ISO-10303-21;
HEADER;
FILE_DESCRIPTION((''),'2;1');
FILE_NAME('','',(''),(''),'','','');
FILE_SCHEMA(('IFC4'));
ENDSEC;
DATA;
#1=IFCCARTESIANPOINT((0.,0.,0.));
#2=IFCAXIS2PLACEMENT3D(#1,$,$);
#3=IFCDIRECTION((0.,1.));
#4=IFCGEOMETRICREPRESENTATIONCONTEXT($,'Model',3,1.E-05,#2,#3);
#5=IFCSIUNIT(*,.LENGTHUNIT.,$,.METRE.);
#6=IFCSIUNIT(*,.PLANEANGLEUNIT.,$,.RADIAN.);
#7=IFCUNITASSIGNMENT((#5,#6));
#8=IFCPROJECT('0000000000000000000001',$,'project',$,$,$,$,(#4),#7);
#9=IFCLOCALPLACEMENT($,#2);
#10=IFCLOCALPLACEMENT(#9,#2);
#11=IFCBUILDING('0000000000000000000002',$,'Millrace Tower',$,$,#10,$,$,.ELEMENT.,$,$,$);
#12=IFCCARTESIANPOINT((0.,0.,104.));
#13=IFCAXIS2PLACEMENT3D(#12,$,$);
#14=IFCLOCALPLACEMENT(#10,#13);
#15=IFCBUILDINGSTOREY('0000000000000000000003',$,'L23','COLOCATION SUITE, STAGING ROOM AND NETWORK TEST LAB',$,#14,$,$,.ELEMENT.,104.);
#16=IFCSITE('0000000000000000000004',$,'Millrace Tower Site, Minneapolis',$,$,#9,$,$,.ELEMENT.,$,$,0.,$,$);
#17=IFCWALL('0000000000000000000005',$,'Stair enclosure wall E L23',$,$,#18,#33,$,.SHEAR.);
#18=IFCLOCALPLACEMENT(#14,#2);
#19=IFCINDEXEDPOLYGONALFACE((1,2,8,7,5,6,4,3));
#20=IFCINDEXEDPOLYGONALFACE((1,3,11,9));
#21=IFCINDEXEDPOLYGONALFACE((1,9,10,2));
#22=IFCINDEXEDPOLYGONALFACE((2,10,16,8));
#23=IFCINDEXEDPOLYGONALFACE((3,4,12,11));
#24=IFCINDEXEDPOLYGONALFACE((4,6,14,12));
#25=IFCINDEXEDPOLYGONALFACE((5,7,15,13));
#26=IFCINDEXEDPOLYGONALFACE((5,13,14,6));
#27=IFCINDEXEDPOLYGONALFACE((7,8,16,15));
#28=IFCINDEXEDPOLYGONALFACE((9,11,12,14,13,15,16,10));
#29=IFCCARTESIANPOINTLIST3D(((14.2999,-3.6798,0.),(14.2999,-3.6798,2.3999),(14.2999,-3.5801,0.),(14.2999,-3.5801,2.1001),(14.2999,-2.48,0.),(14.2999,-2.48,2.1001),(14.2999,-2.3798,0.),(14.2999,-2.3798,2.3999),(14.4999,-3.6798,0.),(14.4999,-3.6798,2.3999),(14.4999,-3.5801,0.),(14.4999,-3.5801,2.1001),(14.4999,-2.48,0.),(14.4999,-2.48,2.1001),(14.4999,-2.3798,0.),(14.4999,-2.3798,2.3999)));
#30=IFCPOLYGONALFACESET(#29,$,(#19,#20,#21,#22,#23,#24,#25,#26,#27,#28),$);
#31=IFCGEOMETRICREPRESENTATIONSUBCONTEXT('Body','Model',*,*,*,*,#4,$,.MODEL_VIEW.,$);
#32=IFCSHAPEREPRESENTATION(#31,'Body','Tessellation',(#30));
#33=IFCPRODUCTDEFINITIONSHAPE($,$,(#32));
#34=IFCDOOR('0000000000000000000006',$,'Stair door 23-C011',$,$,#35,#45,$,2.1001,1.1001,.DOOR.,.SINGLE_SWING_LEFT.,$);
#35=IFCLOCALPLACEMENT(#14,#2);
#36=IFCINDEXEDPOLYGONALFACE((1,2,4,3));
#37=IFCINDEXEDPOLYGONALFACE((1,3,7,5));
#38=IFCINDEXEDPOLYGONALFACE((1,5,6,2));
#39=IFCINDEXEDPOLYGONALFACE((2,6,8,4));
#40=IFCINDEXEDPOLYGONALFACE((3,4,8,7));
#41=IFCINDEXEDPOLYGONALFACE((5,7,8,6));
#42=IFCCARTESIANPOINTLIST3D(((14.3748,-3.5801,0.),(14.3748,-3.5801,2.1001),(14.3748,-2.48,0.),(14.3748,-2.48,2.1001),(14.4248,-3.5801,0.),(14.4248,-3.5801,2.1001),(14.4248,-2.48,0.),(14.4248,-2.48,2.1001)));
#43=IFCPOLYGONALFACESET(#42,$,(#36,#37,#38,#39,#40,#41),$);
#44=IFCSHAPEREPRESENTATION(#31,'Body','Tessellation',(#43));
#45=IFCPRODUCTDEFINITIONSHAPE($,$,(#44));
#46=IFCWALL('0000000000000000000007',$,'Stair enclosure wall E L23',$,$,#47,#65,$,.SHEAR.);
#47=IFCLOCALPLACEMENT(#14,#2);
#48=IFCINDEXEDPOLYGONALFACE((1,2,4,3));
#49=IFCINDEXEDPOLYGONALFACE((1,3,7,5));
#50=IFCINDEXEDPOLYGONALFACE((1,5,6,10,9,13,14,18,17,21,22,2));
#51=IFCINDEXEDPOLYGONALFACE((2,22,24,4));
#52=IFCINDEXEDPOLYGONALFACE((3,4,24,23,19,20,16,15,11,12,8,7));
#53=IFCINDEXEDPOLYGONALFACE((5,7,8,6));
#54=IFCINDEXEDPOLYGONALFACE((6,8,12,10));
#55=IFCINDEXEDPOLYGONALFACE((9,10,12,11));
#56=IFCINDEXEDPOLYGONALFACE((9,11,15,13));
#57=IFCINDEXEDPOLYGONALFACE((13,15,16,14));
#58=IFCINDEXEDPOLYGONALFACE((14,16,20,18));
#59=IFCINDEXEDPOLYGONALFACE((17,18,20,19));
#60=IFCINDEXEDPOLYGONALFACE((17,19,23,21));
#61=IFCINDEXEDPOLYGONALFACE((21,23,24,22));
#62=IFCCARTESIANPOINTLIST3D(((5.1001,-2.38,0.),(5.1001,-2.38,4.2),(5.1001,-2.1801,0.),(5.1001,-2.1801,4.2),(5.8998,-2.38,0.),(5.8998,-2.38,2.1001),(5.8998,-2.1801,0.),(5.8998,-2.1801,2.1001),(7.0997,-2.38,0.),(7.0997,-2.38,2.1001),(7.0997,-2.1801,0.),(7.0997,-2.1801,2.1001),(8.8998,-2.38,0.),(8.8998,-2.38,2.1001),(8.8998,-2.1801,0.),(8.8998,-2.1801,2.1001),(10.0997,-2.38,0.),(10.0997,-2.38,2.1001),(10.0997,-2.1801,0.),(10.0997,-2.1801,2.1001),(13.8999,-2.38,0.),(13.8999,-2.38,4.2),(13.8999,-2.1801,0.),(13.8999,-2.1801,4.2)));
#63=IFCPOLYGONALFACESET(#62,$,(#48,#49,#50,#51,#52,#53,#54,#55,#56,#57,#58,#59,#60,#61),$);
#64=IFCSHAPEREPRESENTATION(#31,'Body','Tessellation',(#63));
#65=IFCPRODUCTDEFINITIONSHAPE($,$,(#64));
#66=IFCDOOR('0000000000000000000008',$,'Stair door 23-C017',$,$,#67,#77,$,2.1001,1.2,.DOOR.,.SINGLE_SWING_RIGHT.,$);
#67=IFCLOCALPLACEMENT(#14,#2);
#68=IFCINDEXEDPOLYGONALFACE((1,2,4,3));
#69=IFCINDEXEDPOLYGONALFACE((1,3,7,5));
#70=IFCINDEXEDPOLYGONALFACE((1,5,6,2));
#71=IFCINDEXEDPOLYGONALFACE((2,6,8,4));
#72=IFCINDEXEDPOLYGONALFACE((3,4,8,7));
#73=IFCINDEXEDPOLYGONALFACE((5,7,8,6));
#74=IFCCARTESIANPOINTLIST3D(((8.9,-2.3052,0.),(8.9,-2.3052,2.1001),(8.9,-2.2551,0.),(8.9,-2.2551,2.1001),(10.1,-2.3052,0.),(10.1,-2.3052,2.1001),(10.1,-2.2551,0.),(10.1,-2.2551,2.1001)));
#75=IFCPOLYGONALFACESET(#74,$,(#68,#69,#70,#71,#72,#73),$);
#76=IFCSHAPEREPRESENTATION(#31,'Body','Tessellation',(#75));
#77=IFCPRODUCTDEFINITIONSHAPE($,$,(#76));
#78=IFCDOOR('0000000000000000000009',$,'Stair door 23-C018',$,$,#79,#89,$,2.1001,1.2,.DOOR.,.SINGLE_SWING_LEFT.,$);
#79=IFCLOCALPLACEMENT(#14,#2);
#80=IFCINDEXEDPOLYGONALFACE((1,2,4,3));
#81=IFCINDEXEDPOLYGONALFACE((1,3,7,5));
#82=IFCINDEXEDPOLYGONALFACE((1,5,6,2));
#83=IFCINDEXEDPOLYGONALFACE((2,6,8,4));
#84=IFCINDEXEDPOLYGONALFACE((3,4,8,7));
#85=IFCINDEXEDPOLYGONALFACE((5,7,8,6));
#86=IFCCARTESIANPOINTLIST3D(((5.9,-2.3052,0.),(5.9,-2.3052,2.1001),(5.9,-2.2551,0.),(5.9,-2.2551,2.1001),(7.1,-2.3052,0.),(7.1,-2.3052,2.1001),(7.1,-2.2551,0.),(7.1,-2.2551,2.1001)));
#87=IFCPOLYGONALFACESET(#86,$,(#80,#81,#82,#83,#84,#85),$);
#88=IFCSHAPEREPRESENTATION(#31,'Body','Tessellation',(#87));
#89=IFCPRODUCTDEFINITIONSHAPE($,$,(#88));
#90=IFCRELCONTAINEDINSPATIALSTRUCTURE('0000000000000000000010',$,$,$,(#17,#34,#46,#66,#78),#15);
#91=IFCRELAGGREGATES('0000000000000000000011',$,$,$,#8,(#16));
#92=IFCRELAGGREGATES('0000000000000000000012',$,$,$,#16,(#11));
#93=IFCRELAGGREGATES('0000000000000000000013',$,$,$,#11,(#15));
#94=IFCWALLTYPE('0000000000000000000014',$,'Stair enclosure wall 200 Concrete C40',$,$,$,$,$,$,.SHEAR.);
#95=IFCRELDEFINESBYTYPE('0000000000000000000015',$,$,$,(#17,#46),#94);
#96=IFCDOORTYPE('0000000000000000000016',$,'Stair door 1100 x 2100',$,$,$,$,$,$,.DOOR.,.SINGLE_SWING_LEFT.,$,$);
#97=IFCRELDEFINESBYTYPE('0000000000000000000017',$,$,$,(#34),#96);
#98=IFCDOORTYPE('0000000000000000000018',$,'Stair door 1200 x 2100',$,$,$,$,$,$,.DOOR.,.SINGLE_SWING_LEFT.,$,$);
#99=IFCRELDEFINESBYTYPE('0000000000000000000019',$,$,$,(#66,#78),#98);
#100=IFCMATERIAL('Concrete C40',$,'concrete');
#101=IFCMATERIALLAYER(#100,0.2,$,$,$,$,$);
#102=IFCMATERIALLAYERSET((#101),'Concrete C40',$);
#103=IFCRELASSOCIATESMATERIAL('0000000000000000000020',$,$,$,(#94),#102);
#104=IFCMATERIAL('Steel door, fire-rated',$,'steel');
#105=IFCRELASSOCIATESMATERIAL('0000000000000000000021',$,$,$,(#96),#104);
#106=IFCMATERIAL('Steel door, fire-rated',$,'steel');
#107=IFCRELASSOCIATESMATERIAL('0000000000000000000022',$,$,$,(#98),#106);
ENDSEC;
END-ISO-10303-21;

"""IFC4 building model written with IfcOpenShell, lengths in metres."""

from ifc_helpers import new_model, si_unit, direction, frame, frame_2d, origin, place, context, subcontext, project, spatial, rectangle, extrude, material, layer, layer_set, type_object, element, fill, save


model = new_model("IFC4")

# Units and contexts
model_context = context("Model", 3, precision=1e-05, world=origin(), true_north=direction((0.0, 1.0)))
body_context = subcontext(model_context, "Body", "Model", "MODEL_VIEW")
ifc_project = project(units=[si_unit("LENGTHUNIT", "METRE"), si_unit("PLANEANGLEUNIT", "RADIAN")], contexts=[model_context])

# Site, building, storey
site_placement = place(None, origin())
site = spatial("IfcSite", under=ifc_project, at=site_placement, Name="Millrace Tower Site, Minneapolis", CompositionType="ELEMENT", RefElevation=0.0)
building_placement = place(site_placement, origin())
building = spatial("IfcBuilding", under=site, at=building_placement, Name="Millrace Tower", CompositionType="ELEMENT")
storey_placement = place(building_placement, frame((0.0, 0.0, 104.0)))
storey = spatial("IfcBuildingStorey", under=building, at=storey_placement, Name="L23", Description="COLOCATION SUITE, STAGING ROOM AND NETWORK TEST LAB", CompositionType="ELEMENT", Elevation=104.0)

# Wall, opening, door
ifc_material_1 = material(Name="Concrete C40", Category="concrete")
ifc_layer_1 = layer(ifc_material_1, 0.2)
ifc_layer_set_1 = layer_set([ifc_layer_1], Name="Concrete C40")
wall_type_1 = type_object("IfcWallType", Name="Stair enclosure wall 200 Concrete C40", PredefinedType="SHEAR", material=ifc_layer_set_1)
wall_1_placement = place(storey_placement, frame((14.3999, -2.3799, 0.0), z_axis=(0.0, 0.0, 1.0), x_axis=(0.0, -1.0, 0.0)))
wall_1 = element("IfcWall", 1, at=wall_1_placement, inside=storey, type_object=wall_type_1, Name="Stair enclosure wall E L23", PredefinedType="SHEAR", context=body_context, shape_type="SweptSolid", body=[
    extrude(rectangle(XDim=1.3, YDim=0.2, at=frame_2d((0.6499, 0.0))), origin(), (0.0, 0.0, 1.0), 2.3999),
])
opening_1_placement = place(wall_1_placement, frame((0.1001, 0.0, 0.0)))
opening_1 = element("IfcOpeningElement", 2, at=opening_1_placement, cuts=wall_1, PredefinedType="OPENING", context=body_context, shape_type="SweptSolid", body=[
    extrude(rectangle(XDim=1.1001, YDim=2.1001, at=frame_2d((0.55, 1.05))), frame((0.0, 0.1099, 0.0), z_axis=(0.0, -1.0, 0.0), x_axis=(1.0, 0.0, 0.0)), (0.0, 0.0, 1.0), 0.22),
])
ifc_material_2 = material(Name="Steel door, fire-rated", Category="steel")
door_type_1 = type_object("IfcDoorType", Name="Stair door 1100 x 2100", OperationType="SINGLE_SWING_LEFT", PredefinedType="DOOR", material=ifc_material_2)
door_1_placement = place(opening_1_placement, origin())
door_1 = element("IfcDoor", 3, at=door_1_placement, inside=storey, type_object=door_type_1, Name="Stair door 23-C011", OperationType="SINGLE_SWING_LEFT", OverallHeight=2.1001, OverallWidth=1.1001, PredefinedType="DOOR", context=body_context, shape_type="SweptSolid", body=[
    extrude(rectangle(XDim=1.1001, YDim=2.1001, at=frame_2d((0.55, 1.05))), frame((0.0, 0.0249, 0.0), z_axis=(0.0, -1.0, 0.0), x_axis=(1.0, 0.0, 0.0)), (0.0, 0.0, 1.0), 0.05),
])
fill(opening_1, door_1)

# Wall, openings, doors
wall_2_placement = place(storey_placement, frame((13.8999, -2.28, 0.0), z_axis=(0.0, 0.0, 1.0), x_axis=(-1.0, 0.0, 0.0)))
wall_2 = element("IfcWall", 4, at=wall_2_placement, inside=storey, type_object=wall_type_1, Name="Stair enclosure wall E L23", PredefinedType="SHEAR", context=body_context, shape_type="SweptSolid", body=[
    extrude(rectangle(XDim=8.7998, YDim=0.2, at=frame_2d((4.3999, 0.0))), origin(), (0.0, 0.0, 1.0), 4.2),
])
opening_2_placement = place(wall_2_placement, frame((3.8, 0.0, 0.0)))
opening_2 = element("IfcOpeningElement", 5, at=opening_2_placement, cuts=wall_2, PredefinedType="OPENING", context=body_context, shape_type="SweptSolid", body=[
    extrude(rectangle(XDim=1.2, YDim=2.1001, at=frame_2d((0.6001, 1.05))), frame((0.0, 0.1099, 0.0), z_axis=(0.0, -1.0, 0.0), x_axis=(1.0, 0.0, 0.0)), (0.0, 0.0, 1.0), 0.22),
])
opening_3_placement = place(wall_2_placement, frame((6.8, 0.0, 0.0)))
opening_3 = element("IfcOpeningElement", 6, at=opening_3_placement, cuts=wall_2, PredefinedType="OPENING", context=body_context, shape_type="SweptSolid", body=[
    extrude(rectangle(XDim=1.2, YDim=2.1001, at=frame_2d((0.6001, 1.05))), frame((0.0, 0.1099, 0.0), z_axis=(0.0, -1.0, 0.0), x_axis=(1.0, 0.0, 0.0)), (0.0, 0.0, 1.0), 0.22),
])
ifc_material_3 = material(Name="Steel door, fire-rated", Category="steel")
door_type_2 = type_object("IfcDoorType", Name="Stair door 1200 x 2100", OperationType="SINGLE_SWING_LEFT", PredefinedType="DOOR", material=ifc_material_3)
door_2_placement = place(opening_2_placement, frame((1.2, 0.0, 0.0), z_axis=(0.0, 0.0, 1.0), x_axis=(-1.0, 0.0, 0.0)))
door_2 = element("IfcDoor", 7, at=door_2_placement, inside=storey, type_object=door_type_2, Name="Stair door 23-C017", OperationType="SINGLE_SWING_RIGHT", OverallHeight=2.1001, OverallWidth=1.2, PredefinedType="DOOR", context=body_context, shape_type="SweptSolid", body=[
    extrude(rectangle(XDim=1.2, YDim=2.1001, at=frame_2d((0.6001, 1.05))), frame((0.0, 0.0249, 0.0), z_axis=(0.0, -1.0, 0.0), x_axis=(1.0, 0.0, 0.0)), (0.0, 0.0, 1.0), 0.05),
])
fill(opening_2, door_2)
door_3_placement = place(opening_3_placement, frame((1.2, 0.0, 0.0), z_axis=(0.0, 0.0, 1.0), x_axis=(-1.0, 0.0, 0.0)))
door_3 = element("IfcDoor", 8, at=door_3_placement, inside=storey, type_object=door_type_2, Name="Stair door 23-C018", OperationType="SINGLE_SWING_LEFT", OverallHeight=2.1001, OverallWidth=1.2, PredefinedType="DOOR", context=body_context, shape_type="SweptSolid", body=[
    extrude(rectangle(XDim=1.2, YDim=2.1001, at=frame_2d((0.6001, 1.05))), frame((0.0, 0.0249, 0.0), z_axis=(0.0, -1.0, 0.0), x_axis=(1.0, 0.0, 0.0)), (0.0, 0.0, 1.0), 0.05),
])
fill(opening_3, door_3)

save(model, "model.ifc")
